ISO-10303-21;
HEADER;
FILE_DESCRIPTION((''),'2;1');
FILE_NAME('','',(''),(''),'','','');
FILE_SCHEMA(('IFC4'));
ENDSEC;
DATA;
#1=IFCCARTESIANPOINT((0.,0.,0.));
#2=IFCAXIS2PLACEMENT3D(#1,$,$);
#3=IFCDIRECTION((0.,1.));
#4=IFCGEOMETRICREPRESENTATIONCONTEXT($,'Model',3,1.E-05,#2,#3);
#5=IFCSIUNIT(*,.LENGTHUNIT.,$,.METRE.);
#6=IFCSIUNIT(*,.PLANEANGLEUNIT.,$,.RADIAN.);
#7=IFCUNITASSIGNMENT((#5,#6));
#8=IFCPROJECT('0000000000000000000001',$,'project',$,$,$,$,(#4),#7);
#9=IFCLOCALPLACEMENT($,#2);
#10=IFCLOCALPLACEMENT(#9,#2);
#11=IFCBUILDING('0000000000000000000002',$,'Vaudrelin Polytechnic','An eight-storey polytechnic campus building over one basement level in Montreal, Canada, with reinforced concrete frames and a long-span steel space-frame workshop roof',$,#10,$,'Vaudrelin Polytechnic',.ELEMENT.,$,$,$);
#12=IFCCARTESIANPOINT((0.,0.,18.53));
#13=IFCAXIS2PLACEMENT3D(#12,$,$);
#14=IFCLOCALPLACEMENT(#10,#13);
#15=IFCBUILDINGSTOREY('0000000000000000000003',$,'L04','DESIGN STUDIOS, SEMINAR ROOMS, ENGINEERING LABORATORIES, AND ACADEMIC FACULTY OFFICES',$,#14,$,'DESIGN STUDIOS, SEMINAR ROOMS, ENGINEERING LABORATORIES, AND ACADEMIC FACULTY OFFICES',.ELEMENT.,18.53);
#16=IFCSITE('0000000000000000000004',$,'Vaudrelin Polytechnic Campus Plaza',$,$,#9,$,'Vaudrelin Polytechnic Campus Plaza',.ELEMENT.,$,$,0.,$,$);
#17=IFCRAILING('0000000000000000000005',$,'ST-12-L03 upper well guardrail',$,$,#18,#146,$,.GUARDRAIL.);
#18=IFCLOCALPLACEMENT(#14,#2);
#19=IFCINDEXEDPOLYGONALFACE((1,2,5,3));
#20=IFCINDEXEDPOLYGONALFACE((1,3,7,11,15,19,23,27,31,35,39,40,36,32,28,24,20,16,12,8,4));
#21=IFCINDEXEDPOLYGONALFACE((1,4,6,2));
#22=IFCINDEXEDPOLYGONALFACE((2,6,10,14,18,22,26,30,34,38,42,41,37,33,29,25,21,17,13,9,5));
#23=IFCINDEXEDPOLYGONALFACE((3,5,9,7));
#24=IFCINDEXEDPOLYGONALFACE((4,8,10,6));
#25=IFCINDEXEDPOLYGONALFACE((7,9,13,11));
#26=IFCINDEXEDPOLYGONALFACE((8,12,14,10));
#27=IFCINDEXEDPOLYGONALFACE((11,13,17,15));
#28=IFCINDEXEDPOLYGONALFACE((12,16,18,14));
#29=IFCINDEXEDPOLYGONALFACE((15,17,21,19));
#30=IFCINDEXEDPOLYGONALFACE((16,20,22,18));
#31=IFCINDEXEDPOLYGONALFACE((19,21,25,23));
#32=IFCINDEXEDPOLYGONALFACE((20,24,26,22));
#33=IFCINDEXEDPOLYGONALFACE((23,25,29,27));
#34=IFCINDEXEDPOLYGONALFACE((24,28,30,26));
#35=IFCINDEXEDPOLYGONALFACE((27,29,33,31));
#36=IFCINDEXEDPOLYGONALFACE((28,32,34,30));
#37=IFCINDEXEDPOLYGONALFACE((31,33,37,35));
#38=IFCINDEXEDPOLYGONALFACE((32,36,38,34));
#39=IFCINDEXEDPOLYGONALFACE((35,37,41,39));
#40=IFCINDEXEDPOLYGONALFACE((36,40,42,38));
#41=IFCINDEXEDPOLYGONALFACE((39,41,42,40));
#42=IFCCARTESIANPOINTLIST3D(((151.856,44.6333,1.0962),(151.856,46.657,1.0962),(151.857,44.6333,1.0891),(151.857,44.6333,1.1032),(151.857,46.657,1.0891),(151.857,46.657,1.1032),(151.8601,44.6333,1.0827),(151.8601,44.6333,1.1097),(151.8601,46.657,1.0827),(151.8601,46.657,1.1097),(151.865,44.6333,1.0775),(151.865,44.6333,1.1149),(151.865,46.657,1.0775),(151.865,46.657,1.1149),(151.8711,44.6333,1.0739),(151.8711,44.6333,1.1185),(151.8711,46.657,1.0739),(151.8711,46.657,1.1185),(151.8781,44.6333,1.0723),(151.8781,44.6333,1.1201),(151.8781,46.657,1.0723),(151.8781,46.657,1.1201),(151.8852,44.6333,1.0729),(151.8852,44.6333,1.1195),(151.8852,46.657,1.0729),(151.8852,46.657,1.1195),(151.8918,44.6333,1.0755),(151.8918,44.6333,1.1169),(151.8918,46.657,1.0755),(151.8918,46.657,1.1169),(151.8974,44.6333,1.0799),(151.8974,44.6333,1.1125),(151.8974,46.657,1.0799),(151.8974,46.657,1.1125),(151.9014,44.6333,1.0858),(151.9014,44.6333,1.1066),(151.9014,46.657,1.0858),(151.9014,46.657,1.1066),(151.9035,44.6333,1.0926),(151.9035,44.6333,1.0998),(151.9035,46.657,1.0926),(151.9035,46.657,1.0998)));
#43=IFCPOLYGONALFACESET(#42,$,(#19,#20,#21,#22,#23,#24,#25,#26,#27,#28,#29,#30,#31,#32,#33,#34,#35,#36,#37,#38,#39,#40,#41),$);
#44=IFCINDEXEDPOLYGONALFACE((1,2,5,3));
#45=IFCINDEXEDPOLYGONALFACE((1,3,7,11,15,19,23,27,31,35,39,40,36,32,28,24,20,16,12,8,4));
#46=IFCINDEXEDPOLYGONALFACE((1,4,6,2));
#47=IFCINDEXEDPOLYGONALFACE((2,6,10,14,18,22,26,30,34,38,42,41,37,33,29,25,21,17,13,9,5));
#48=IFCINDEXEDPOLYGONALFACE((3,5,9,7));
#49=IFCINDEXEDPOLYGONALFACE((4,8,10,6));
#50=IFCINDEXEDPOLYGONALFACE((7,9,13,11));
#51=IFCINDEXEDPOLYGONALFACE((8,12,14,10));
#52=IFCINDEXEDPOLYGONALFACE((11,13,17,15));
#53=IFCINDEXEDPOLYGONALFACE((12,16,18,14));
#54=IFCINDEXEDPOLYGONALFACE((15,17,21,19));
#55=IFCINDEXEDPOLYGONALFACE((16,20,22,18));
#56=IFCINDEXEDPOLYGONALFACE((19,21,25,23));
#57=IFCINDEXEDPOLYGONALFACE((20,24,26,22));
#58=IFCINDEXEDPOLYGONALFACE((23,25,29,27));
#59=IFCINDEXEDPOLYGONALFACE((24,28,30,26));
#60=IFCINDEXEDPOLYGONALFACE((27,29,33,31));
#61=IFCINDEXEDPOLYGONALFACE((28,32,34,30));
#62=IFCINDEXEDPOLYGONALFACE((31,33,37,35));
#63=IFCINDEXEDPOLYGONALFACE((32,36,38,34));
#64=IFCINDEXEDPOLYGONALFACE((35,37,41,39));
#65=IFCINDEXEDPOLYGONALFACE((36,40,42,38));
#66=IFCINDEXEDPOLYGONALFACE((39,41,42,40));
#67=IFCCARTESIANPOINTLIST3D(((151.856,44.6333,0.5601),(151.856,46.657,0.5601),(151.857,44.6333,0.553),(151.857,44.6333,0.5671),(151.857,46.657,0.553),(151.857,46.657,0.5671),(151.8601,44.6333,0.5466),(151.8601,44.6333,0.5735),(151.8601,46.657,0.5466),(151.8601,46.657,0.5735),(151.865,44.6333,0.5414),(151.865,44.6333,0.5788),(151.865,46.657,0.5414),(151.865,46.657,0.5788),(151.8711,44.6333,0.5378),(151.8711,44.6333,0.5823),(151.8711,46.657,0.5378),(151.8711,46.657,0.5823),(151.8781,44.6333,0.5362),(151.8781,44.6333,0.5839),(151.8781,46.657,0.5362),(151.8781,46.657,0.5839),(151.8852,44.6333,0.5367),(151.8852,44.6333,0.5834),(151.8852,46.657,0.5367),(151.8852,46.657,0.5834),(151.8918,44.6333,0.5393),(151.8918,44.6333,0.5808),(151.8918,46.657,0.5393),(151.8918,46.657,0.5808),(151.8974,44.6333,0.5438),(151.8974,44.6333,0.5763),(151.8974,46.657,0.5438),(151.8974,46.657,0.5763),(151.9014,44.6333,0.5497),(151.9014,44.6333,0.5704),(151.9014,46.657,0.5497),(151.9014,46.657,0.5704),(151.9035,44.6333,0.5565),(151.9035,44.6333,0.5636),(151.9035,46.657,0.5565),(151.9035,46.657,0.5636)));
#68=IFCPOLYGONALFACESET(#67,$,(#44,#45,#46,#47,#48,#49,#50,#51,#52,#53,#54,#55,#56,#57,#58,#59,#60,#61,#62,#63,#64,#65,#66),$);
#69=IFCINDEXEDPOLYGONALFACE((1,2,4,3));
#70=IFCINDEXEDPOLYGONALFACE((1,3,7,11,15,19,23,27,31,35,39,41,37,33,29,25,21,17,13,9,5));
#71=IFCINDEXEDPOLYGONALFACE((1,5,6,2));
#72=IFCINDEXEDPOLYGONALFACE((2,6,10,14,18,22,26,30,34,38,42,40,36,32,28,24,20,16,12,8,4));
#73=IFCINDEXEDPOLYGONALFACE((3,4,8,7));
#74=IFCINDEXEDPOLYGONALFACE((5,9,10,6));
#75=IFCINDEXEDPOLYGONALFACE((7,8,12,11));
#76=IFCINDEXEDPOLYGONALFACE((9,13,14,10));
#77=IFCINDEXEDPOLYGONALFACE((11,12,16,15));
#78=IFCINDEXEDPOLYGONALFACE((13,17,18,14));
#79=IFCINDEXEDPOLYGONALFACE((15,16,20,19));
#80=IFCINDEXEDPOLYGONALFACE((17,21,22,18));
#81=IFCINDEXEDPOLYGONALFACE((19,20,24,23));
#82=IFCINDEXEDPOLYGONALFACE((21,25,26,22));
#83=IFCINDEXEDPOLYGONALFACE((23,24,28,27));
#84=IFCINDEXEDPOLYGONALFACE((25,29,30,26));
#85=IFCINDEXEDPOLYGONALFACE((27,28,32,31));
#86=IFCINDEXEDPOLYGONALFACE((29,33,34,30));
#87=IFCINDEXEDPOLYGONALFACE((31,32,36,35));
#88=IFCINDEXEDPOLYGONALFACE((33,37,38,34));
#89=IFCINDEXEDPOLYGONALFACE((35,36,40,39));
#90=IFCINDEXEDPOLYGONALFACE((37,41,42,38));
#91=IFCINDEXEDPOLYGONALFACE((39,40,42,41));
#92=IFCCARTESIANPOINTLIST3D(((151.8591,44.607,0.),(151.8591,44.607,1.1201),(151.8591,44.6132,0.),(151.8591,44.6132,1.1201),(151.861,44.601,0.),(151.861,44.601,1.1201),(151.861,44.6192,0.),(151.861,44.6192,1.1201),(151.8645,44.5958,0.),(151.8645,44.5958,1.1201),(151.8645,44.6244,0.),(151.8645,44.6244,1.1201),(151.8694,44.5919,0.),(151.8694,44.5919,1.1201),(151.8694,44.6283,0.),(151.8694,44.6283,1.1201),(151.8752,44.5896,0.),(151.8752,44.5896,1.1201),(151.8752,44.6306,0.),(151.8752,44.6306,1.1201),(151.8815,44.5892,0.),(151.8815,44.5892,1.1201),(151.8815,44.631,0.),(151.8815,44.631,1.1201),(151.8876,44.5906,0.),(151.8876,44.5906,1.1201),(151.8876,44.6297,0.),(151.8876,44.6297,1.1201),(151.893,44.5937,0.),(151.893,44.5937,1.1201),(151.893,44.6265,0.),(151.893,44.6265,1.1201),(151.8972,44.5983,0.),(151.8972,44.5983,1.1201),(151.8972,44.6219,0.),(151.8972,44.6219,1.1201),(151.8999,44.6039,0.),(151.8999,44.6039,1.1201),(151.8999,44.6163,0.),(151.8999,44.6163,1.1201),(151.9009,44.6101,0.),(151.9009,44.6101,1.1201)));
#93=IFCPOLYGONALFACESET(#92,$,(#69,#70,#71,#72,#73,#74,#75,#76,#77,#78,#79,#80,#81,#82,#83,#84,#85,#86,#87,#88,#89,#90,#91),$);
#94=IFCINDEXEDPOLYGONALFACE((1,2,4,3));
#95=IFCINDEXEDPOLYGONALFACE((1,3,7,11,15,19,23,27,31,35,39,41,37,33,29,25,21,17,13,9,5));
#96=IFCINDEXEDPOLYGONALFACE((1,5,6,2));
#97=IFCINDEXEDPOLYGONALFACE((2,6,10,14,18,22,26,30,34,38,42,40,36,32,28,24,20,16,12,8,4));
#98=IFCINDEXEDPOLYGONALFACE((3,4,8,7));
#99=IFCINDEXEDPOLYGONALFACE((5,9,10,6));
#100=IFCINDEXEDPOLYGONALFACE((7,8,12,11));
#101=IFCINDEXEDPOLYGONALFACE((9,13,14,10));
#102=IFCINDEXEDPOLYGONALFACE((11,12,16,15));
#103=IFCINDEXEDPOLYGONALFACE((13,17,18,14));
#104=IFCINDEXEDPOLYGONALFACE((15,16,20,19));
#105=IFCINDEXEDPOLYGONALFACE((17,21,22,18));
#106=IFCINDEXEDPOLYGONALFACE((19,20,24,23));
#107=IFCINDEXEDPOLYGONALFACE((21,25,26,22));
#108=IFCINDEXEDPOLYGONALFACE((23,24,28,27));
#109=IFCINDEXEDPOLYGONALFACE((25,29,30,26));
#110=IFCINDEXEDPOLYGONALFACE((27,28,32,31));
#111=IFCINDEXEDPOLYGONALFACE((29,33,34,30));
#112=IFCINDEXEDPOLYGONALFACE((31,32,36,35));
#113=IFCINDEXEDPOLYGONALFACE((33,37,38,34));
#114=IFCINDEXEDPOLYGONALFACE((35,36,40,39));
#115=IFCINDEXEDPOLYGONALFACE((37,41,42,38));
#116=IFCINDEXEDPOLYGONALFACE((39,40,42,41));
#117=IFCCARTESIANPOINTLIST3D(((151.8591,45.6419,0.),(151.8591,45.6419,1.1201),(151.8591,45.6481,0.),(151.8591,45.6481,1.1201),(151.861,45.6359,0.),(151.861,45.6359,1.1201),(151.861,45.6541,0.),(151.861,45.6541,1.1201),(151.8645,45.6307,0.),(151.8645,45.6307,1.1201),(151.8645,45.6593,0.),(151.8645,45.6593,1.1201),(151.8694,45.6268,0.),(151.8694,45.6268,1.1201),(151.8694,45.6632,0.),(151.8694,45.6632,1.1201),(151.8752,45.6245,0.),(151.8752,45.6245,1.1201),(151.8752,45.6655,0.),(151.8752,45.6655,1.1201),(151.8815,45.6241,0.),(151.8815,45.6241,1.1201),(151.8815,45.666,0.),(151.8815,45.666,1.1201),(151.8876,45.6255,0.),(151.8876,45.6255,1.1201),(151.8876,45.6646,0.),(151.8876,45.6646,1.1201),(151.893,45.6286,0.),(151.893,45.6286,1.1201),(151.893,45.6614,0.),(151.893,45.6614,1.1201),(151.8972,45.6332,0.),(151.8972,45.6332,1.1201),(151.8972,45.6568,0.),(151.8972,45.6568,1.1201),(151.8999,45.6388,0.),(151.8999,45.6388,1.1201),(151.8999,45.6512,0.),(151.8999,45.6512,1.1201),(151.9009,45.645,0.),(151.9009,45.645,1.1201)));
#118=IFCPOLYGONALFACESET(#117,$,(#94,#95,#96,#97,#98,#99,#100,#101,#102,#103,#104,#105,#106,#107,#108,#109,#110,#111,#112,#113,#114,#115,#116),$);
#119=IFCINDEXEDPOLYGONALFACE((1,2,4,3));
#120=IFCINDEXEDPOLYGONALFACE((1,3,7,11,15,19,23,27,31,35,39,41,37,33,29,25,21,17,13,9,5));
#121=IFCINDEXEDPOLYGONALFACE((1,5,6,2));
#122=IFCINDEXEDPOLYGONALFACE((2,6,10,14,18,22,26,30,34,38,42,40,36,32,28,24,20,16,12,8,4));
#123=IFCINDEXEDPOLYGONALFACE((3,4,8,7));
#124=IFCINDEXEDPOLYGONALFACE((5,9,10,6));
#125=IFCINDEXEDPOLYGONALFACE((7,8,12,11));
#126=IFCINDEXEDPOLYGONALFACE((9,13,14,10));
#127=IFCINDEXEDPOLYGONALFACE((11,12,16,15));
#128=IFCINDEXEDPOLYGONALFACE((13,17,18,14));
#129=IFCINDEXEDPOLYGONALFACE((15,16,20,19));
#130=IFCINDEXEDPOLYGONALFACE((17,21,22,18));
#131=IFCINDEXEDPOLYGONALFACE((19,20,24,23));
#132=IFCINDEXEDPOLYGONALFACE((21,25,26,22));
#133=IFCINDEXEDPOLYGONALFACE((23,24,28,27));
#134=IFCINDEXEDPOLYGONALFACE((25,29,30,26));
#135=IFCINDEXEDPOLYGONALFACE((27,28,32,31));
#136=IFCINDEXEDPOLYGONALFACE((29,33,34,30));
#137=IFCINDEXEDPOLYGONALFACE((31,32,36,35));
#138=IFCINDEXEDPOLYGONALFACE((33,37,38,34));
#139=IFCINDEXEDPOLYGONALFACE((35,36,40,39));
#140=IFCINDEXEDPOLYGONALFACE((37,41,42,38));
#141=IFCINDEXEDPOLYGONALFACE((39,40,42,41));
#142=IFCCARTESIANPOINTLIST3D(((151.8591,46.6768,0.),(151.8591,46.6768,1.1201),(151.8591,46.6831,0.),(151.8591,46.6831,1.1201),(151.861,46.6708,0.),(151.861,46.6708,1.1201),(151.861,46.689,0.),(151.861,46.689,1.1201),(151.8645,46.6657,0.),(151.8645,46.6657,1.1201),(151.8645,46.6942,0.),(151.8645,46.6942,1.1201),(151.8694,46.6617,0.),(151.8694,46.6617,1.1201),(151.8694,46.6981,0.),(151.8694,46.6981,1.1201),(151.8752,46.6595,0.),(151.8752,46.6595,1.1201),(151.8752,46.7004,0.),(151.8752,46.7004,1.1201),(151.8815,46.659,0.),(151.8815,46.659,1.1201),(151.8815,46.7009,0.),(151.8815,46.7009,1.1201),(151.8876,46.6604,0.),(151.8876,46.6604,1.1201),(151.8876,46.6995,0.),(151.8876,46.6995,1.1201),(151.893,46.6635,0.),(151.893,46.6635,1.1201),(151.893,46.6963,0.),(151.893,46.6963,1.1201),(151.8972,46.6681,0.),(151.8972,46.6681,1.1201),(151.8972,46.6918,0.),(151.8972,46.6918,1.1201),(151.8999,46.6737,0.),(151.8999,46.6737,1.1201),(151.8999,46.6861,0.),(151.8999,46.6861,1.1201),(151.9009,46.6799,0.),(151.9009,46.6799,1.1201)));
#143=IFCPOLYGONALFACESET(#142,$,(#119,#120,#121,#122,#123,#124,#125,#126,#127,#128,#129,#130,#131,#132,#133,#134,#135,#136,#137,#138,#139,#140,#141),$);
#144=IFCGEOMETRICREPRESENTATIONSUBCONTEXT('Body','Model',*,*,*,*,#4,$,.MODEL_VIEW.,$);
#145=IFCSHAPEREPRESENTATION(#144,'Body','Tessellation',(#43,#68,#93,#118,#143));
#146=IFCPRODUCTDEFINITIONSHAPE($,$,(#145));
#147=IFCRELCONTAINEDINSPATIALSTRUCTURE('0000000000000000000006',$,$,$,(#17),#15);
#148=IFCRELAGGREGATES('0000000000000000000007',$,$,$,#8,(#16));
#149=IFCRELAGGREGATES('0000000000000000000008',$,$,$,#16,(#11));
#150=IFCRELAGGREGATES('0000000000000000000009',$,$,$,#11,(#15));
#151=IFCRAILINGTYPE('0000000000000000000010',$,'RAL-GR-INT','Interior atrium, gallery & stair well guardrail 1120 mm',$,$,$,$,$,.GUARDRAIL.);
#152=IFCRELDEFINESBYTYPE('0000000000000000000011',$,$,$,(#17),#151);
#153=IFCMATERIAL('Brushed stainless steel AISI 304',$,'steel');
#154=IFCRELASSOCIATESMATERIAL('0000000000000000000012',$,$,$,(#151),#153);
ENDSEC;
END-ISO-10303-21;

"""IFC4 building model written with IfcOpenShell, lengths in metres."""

from ifc_helpers import new_model, si_unit, direction, frame, origin, origin_2d, place, context, subcontext, project, spatial, circle, extrude, material, type_object, element, save


model = new_model("IFC4")

# Units and contexts
model_context = context("Model", 3, precision=1e-05, world=origin(), true_north=direction((0.0, 1.0)))
body_context = subcontext(model_context, "Body", "Model", "MODEL_VIEW")
ifc_project = project(units=[si_unit("LENGTHUNIT", "METRE"), si_unit("PLANEANGLEUNIT", "RADIAN")], contexts=[model_context])

# Site, building, storey
site_placement = place(None, origin())
site = spatial("IfcSite", under=ifc_project, at=site_placement, Name="Vaudrelin Polytechnic Campus Plaza", LongName="Vaudrelin Polytechnic Campus Plaza", CompositionType="ELEMENT", RefElevation=0.0)
building_placement = place(site_placement, origin())
building = spatial("IfcBuilding", under=site, at=building_placement, Name="Vaudrelin Polytechnic", Description="An eight-storey polytechnic campus building over one basement level in Montreal, Canada, with reinforced concrete frames and a long-span steel space-frame workshop roof", LongName="Vaudrelin Polytechnic", CompositionType="ELEMENT")
storey_placement = place(building_placement, frame((0.0, 0.0, 18.53)))
storey = spatial("IfcBuildingStorey", under=building, at=storey_placement, Name="L04", Description="DESIGN STUDIOS, SEMINAR ROOMS, ENGINEERING LABORATORIES, AND ACADEMIC FACULTY OFFICES", LongName="DESIGN STUDIOS, SEMINAR ROOMS, ENGINEERING LABORATORIES, AND ACADEMIC FACULTY OFFICES", CompositionType="ELEMENT", Elevation=18.53)

# Railing
ifc_material_1 = material(Name="Brushed stainless steel AISI 304", Category="steel")
railing_type_1 = type_object("IfcRailingType", Name="RAL-GR-INT", Description="Interior atrium, gallery & stair well guardrail 1120 mm", PredefinedType="GUARDRAIL", material=ifc_material_1)
railing_1_placement = place(storey_placement, frame((151.8799, 44.6101, 0.0)))
element("IfcRailing", 1, at=railing_1_placement, inside=storey, type_object=railing_type_1, Name="ST-12-L03 upper well guardrail", PredefinedType="GUARDRAIL", context=body_context, shape_type="SweptSolid", body=[
    extrude(circle(Radius=0.0239, at=origin_2d()), frame((0.0, 0.0232, 1.0962), z_axis=(0.0, 1.0, 0.0), x_axis=(-1.0, 0.0, 0.0)), (0.0, 0.0, 1.0), 2.0237),
    extrude(circle(Radius=0.0239, at=origin_2d()), frame((0.0, 0.0232, 0.5601), z_axis=(0.0, 1.0, 0.0), x_axis=(-1.0, 0.0, 0.0)), (0.0, 0.0, 1.0), 2.0237),
    extrude(circle(Radius=0.021, at=origin_2d()), origin(), (0.0, 0.0, 1.0), 1.1201),
    extrude(circle(Radius=0.021, at=origin_2d()), frame((0.0, 1.0349, 0.0)), (0.0, 0.0, 1.0), 1.1201),
    extrude(circle(Radius=0.021, at=origin_2d()), frame((0.0, 2.0698, 0.0)), (0.0, 0.0, 1.0), 1.1201),
])

save(model, "model.ifc")
